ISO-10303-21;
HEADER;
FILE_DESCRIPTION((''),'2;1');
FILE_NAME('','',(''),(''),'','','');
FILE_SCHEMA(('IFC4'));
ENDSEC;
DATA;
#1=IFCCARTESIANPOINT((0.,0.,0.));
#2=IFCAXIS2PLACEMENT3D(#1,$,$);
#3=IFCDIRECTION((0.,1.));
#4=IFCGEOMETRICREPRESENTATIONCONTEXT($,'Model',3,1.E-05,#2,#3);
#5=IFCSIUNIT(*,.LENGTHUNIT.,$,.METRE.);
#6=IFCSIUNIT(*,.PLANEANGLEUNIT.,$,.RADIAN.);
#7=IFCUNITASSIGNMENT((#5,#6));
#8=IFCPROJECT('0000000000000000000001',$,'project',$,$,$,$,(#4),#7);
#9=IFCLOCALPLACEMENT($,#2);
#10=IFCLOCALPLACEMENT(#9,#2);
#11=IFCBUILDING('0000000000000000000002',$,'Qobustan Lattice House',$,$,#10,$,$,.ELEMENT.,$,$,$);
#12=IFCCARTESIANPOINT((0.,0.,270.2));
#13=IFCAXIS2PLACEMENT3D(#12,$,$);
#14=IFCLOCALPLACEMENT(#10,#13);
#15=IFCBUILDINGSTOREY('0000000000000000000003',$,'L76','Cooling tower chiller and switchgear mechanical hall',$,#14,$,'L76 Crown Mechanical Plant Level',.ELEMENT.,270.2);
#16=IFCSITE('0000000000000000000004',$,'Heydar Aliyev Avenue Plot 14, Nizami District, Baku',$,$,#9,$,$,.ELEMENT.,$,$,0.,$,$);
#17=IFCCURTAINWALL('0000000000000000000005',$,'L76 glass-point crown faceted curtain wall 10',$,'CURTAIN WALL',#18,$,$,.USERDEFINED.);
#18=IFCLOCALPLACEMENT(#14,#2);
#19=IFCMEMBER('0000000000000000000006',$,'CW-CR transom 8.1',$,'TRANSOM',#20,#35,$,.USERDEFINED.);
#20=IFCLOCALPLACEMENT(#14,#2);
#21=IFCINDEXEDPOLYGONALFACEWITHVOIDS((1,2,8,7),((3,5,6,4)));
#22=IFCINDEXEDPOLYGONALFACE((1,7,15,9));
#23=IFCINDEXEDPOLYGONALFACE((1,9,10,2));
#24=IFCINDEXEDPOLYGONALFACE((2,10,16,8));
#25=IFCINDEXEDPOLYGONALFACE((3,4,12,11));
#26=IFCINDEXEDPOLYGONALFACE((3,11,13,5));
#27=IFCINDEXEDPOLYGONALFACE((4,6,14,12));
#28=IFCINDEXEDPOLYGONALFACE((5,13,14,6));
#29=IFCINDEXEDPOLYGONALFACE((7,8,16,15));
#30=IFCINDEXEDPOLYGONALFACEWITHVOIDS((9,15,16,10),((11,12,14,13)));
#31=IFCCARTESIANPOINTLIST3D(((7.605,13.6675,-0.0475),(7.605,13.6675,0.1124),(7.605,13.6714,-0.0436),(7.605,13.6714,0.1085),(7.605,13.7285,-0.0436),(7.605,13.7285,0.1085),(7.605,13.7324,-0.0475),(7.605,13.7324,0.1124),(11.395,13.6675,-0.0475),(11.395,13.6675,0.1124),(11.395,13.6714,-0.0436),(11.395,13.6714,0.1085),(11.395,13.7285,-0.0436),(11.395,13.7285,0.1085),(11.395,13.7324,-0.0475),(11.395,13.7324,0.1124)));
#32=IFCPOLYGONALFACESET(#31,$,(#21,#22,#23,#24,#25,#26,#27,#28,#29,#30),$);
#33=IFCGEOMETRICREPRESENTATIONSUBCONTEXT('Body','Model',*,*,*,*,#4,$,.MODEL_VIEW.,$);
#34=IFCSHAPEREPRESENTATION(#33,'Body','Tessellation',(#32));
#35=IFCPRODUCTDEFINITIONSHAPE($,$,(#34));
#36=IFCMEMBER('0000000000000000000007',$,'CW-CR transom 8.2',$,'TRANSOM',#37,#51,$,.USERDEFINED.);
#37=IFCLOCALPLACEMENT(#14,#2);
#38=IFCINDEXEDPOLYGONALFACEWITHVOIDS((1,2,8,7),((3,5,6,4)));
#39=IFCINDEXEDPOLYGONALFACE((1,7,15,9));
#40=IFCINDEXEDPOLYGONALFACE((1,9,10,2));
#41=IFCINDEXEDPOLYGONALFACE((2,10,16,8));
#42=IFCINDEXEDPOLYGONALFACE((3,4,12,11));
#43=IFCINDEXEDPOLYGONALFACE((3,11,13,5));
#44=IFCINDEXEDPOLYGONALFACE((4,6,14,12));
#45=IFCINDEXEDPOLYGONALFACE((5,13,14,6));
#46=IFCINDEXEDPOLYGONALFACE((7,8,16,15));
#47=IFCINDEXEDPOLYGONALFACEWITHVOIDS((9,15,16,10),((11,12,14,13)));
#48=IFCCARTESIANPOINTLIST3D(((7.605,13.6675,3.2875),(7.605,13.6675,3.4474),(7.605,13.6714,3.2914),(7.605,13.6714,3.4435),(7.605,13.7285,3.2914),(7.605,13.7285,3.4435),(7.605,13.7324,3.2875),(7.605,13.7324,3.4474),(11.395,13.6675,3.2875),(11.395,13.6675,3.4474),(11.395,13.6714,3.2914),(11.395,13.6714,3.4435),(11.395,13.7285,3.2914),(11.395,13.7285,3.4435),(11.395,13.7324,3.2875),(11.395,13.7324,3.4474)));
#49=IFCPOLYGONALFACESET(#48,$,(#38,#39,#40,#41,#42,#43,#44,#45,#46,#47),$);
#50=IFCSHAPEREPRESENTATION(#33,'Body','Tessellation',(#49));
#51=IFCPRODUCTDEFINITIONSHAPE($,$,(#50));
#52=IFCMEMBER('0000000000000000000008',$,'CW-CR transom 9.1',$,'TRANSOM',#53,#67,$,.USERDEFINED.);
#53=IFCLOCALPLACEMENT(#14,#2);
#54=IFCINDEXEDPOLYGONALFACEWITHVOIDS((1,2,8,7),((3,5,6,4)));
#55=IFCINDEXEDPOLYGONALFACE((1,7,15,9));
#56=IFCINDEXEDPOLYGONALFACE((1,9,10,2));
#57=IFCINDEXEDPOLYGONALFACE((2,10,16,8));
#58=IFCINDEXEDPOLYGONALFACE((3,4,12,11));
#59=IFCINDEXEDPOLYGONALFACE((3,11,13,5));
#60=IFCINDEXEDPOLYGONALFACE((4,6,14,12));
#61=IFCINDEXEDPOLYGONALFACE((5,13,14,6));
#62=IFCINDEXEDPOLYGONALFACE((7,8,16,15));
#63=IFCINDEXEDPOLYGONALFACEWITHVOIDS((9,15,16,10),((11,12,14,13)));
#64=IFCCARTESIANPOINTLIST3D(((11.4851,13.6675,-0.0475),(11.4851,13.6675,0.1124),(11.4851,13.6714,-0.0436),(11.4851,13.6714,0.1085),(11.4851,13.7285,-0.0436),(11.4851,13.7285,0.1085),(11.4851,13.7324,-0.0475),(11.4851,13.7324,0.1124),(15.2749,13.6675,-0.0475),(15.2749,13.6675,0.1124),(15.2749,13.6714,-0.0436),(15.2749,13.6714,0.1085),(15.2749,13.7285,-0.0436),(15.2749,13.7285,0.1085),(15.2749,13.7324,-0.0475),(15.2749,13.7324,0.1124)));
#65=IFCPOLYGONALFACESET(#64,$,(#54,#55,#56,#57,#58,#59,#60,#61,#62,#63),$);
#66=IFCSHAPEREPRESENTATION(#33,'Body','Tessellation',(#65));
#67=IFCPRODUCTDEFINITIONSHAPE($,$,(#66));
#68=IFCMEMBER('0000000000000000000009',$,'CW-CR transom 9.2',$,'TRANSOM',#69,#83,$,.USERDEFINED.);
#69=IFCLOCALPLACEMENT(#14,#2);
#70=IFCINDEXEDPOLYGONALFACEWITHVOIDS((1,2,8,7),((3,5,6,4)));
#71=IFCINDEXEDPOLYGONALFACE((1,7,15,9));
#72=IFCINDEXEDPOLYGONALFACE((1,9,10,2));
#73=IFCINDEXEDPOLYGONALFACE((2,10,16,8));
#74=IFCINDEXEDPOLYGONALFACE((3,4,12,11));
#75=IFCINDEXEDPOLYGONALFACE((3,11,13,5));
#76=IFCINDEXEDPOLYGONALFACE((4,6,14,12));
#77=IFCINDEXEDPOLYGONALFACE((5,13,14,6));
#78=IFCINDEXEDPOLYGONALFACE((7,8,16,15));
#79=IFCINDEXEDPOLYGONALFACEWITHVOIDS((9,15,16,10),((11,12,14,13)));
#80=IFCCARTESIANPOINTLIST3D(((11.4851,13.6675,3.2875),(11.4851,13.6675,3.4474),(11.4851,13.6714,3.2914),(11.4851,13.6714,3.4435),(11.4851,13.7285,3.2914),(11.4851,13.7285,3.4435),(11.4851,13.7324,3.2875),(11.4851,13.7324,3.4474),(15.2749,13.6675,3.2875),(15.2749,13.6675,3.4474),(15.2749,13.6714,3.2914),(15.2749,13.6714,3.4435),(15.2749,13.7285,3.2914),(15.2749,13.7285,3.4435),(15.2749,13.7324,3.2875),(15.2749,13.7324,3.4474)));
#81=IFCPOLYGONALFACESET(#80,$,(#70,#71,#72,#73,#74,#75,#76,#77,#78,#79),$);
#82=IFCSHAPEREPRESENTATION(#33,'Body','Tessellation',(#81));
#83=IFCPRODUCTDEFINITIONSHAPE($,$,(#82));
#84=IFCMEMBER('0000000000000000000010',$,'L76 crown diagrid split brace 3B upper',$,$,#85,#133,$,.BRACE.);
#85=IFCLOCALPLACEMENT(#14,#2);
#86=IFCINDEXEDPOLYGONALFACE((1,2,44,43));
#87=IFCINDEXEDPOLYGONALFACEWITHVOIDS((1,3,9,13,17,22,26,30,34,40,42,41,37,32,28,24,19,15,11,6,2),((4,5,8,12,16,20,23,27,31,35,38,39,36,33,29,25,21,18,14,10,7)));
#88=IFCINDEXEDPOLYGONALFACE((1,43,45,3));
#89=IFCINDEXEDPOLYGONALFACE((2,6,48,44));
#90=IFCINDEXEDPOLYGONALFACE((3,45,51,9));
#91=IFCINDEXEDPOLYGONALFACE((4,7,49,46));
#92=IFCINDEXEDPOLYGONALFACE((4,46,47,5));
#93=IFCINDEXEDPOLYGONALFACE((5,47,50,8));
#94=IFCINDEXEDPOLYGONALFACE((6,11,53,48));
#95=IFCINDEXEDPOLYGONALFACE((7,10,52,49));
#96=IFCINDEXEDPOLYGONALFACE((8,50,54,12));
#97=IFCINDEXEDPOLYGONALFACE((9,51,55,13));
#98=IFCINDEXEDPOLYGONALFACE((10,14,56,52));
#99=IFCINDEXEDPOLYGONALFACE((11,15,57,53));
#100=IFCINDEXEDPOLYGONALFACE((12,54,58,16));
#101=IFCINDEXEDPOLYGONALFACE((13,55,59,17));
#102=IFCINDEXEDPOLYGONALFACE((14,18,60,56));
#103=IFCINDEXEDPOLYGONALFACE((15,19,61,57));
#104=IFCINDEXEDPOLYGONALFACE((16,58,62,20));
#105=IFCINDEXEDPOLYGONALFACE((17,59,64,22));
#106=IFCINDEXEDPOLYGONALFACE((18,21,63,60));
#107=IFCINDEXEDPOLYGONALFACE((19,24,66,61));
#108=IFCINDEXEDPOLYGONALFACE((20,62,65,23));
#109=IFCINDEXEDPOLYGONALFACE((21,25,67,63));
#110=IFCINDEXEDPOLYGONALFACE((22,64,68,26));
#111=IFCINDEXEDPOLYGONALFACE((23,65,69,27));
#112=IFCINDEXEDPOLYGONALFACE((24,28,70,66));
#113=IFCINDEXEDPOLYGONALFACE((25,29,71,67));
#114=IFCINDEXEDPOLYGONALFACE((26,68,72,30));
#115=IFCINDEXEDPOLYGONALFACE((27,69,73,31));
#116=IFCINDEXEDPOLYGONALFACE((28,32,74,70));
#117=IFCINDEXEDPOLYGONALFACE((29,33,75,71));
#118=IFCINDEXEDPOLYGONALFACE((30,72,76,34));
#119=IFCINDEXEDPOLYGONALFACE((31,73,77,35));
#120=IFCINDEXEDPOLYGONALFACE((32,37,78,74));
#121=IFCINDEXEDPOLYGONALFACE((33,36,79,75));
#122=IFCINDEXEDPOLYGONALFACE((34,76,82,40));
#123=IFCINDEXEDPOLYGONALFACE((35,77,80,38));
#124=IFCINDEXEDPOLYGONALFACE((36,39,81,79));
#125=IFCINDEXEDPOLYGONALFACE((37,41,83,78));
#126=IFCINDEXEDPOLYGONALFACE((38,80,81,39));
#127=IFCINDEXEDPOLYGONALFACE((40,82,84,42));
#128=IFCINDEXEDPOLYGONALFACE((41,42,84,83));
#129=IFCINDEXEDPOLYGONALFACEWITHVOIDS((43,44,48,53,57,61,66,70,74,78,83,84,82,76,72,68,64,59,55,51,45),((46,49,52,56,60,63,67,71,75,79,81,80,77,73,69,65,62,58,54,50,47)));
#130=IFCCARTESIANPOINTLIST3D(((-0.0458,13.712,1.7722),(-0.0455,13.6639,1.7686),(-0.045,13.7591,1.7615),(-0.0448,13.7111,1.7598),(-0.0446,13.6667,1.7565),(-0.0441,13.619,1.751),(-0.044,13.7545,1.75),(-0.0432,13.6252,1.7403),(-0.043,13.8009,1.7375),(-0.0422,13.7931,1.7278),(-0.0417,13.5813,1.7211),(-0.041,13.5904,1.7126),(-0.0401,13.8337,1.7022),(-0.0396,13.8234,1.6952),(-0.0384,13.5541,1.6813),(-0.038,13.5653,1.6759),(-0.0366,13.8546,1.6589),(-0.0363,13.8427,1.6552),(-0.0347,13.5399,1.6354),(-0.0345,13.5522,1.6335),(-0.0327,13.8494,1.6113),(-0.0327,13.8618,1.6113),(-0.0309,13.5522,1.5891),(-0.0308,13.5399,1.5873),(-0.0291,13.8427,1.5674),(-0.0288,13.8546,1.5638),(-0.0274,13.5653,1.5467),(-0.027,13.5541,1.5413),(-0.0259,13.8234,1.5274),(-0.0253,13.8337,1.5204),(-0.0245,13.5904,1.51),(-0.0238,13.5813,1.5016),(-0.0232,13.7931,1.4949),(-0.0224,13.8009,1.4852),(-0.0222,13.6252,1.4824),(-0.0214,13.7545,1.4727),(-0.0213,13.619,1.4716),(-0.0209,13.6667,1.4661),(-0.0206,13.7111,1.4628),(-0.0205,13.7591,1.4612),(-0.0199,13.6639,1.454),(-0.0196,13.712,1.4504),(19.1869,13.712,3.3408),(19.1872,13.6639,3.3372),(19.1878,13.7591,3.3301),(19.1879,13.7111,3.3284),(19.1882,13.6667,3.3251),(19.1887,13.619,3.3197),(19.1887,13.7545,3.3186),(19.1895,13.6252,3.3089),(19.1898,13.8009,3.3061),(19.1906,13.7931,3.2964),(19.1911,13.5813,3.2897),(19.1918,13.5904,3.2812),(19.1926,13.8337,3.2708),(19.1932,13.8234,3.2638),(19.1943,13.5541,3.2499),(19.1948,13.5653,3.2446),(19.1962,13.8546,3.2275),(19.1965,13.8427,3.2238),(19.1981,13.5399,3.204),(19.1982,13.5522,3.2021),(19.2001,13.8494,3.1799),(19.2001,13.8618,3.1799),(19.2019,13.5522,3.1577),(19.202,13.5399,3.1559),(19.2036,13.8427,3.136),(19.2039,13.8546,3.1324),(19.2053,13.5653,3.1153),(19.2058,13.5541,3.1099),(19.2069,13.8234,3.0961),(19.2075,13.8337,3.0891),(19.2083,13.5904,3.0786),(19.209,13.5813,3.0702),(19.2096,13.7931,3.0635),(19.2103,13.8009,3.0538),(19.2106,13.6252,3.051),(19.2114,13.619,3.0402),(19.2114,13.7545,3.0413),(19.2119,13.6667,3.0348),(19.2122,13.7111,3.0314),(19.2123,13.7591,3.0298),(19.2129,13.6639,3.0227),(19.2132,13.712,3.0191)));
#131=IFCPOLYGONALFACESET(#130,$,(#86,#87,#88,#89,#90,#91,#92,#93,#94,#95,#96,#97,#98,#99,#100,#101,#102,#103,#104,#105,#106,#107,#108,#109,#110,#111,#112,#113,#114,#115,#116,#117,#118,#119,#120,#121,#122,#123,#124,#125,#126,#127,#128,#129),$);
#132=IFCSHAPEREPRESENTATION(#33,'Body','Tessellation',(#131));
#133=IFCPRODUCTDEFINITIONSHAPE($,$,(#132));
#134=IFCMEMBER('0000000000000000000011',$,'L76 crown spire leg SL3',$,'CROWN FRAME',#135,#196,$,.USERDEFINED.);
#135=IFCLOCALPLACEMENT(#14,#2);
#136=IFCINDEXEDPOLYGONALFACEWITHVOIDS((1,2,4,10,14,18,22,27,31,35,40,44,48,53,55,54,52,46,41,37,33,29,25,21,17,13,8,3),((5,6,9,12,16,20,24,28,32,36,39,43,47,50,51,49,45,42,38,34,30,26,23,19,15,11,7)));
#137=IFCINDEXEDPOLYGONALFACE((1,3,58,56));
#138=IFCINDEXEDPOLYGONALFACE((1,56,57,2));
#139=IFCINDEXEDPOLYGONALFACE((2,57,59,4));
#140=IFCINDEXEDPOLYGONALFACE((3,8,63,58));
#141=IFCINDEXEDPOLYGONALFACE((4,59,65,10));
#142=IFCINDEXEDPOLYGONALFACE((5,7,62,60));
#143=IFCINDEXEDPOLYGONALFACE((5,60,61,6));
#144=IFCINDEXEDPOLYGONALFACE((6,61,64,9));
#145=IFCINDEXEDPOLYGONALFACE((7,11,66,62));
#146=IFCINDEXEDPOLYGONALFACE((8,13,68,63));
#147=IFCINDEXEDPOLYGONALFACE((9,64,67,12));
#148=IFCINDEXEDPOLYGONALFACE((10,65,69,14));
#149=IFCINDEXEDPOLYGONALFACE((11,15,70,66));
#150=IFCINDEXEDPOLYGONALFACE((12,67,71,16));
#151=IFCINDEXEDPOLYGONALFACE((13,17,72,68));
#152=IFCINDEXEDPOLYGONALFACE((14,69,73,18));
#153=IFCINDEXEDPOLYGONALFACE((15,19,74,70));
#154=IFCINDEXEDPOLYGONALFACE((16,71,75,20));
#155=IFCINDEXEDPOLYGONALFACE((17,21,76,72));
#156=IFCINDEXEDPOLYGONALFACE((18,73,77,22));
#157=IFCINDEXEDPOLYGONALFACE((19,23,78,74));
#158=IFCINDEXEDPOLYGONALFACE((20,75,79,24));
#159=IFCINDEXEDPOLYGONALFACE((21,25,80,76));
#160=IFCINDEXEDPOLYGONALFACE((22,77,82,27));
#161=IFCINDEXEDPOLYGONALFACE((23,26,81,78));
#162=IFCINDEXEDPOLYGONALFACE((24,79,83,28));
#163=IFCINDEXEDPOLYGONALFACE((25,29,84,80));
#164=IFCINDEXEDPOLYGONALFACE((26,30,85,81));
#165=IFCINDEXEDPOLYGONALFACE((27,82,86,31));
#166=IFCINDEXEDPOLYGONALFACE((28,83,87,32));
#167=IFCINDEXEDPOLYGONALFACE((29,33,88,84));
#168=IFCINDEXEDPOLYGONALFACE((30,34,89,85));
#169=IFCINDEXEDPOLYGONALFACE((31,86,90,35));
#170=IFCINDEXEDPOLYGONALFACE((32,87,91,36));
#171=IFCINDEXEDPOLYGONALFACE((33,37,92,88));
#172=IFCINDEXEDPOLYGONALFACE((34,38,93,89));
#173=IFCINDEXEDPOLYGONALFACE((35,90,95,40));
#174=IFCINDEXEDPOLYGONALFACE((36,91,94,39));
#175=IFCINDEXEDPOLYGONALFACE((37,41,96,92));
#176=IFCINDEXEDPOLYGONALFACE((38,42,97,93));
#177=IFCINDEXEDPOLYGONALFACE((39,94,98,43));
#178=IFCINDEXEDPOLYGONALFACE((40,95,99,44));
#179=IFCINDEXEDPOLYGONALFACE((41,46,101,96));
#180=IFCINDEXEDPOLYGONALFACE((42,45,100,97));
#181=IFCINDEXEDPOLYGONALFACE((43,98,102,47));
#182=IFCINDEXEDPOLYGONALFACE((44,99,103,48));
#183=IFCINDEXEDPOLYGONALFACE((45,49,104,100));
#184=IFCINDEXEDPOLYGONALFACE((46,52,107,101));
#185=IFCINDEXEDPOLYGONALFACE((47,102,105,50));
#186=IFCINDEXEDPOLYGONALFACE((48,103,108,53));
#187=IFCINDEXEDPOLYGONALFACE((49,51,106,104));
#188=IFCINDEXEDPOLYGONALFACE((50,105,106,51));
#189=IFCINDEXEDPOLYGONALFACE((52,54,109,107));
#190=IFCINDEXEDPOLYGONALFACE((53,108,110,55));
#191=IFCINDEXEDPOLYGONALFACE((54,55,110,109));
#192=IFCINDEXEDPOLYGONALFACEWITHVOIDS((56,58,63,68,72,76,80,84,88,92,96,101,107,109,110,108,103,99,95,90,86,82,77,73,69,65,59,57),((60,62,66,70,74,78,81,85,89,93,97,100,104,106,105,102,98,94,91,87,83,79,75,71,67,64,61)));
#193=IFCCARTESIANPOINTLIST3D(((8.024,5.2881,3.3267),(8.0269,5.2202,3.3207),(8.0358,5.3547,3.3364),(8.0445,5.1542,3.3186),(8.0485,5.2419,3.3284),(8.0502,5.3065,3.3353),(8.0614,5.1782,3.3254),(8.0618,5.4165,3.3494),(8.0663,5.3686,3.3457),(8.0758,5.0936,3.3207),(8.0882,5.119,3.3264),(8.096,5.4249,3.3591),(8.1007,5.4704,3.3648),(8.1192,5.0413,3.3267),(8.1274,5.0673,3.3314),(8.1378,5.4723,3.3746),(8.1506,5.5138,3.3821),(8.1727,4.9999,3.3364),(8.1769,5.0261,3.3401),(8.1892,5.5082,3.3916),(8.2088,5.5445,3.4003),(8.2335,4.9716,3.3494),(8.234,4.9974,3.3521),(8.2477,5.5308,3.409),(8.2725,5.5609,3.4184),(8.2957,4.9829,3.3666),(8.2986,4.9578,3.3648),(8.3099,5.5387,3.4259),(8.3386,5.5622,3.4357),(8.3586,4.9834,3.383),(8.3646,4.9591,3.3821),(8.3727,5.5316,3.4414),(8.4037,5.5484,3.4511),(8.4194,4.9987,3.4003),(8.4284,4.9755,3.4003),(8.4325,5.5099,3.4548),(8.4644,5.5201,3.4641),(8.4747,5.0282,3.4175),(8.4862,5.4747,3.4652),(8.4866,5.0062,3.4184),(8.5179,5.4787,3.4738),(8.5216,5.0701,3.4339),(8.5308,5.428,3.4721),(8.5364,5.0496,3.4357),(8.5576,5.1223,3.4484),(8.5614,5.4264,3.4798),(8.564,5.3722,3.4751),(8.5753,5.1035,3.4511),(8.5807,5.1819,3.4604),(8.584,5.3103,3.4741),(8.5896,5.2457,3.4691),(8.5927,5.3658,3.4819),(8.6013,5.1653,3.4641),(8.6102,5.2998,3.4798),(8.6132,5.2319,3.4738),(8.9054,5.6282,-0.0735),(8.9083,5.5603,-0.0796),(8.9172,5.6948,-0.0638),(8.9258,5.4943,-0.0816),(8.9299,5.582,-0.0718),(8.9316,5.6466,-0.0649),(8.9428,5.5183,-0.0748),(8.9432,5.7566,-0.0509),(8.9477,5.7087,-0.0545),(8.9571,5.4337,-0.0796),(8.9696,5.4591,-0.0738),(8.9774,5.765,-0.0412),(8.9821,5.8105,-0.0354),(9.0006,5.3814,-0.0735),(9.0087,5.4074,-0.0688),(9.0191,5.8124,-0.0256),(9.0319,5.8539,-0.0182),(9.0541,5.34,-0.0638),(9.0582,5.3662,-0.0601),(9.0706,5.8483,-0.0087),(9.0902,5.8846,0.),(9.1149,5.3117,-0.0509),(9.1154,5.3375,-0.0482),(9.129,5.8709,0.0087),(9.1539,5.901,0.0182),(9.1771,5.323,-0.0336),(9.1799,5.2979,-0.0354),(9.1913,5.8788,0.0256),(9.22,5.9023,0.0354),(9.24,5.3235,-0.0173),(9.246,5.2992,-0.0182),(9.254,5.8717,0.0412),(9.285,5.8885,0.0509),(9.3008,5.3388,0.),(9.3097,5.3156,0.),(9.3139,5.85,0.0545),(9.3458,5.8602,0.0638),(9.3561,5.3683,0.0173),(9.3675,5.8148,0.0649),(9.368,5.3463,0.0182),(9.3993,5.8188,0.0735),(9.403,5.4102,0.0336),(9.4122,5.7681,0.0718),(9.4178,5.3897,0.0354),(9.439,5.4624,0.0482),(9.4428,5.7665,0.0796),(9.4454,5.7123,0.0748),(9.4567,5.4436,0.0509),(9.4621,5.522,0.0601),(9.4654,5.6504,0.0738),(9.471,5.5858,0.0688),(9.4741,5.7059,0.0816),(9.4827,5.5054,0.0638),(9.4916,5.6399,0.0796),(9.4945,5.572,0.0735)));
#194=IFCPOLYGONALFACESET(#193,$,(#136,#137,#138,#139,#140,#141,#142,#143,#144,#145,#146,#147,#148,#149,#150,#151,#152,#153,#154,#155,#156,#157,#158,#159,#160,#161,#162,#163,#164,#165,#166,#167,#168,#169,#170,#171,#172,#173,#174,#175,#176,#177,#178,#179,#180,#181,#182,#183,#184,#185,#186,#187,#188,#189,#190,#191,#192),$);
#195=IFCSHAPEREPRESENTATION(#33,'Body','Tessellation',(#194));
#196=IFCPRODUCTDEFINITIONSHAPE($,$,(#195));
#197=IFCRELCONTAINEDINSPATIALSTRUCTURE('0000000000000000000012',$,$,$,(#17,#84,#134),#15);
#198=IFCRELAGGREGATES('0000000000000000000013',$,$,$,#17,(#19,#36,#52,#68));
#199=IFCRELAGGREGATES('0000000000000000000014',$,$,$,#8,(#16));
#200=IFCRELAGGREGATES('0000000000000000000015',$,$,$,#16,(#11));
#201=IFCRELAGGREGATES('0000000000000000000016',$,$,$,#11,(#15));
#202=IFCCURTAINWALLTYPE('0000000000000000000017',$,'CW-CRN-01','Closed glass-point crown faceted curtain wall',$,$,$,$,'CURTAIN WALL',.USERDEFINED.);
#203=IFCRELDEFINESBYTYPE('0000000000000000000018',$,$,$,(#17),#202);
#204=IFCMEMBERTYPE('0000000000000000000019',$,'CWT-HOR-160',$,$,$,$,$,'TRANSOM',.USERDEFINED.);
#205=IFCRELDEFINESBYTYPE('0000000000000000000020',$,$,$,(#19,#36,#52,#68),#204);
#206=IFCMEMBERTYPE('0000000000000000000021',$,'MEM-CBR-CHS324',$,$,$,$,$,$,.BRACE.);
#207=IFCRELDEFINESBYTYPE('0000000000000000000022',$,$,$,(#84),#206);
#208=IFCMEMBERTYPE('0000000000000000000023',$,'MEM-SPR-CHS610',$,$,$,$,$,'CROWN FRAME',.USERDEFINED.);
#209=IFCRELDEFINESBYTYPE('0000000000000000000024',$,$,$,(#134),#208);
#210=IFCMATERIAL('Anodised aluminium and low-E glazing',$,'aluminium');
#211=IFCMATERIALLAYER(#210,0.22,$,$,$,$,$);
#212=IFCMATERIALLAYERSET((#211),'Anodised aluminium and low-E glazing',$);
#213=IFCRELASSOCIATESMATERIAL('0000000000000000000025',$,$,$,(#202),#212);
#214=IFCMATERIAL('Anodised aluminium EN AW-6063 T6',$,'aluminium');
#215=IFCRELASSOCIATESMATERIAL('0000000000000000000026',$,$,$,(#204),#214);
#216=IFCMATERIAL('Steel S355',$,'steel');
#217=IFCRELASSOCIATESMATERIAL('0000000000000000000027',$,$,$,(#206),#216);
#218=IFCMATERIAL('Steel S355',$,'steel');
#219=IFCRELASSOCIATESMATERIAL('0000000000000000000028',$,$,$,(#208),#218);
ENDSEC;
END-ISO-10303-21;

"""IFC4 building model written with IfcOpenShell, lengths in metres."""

from ifc_helpers import new_model, si_unit, direction, frame, origin, origin_2d, place, context, subcontext, project, spatial, hollow_rectangle, hollow_circle, extrude, material, layer, layer_set, material_profile, profile_set, type_object, element, aggregate, save


model = new_model("IFC4")

# Units and contexts
model_context = context("Model", 3, precision=1e-05, world=origin(), true_north=direction((0.0, 1.0)))
body_context = subcontext(model_context, "Body", "Model", "MODEL_VIEW")
ifc_project = project(units=[si_unit("LENGTHUNIT", "METRE"), si_unit("PLANEANGLEUNIT", "RADIAN")], contexts=[model_context])

# Site, building, storey
site_placement = place(None, origin())
site = spatial("IfcSite", under=ifc_project, at=site_placement, Name="Heydar Aliyev Avenue Plot 14, Nizami District, Baku", CompositionType="ELEMENT", RefElevation=0.0)
building_placement = place(site_placement, origin())
building = spatial("IfcBuilding", under=site, at=building_placement, Name="Qobustan Lattice House", CompositionType="ELEMENT")
storey_placement = place(building_placement, frame((0.0, 0.0, 270.2)))
storey = spatial("IfcBuildingStorey", under=building, at=storey_placement, Name="L76", Description="Cooling tower chiller and switchgear mechanical hall", LongName="L76 Crown Mechanical Plant Level", CompositionType="ELEMENT", Elevation=270.2)

# Curtain wall, members
ifc_material_1 = material(Name="Anodised aluminium and low-E glazing", Category="aluminium")
ifc_layer_1 = layer(ifc_material_1, 0.22)
ifc_layer_set_1 = layer_set([ifc_layer_1], Name="Anodised aluminium and low-E glazing")
curtain_wall_type = type_object("IfcCurtainWallType", Name="CW-CRN-01", Description="Closed glass-point crown faceted curtain wall", ElementType="CURTAIN WALL", PredefinedType="USERDEFINED", material=ifc_layer_set_1)
curtain_wall_placement = place(storey_placement, origin())
curtain_wall = element("IfcCurtainWall", 1, at=curtain_wall_placement, inside=storey, type_object=curtain_wall_type, Name="L76 glass-point crown faceted curtain wall 10", ObjectType="CURTAIN WALL", PredefinedType="USERDEFINED")
ifc_material_2 = material(Name="Anodised aluminium EN AW-6063 T6", Category="aluminium")
ifc_material_profile_1 = material_profile(ifc_material_2, hollow_rectangle(XDim=0.0649, YDim=0.1599, WallThickness=0.0039, at=origin_2d()), Name="CWT-160x65")
ifc_profile_set_1 = profile_set([ifc_material_profile_1], Name="Anodised aluminium EN AW-6063 T6")
member_type_1 = type_object("IfcMemberType", Name="CWT-HOR-160", ElementType="TRANSOM", PredefinedType="USERDEFINED", material=ifc_profile_set_1)
member_1_placement = place(storey_placement, frame((7.605, 13.7, 0.0325), z_axis=(1.0, 0.0, 0.0), x_axis=(0.0, 1.0, 0.0)))
member_1 = element("IfcMember", 2, at=member_1_placement, type_object=member_type_1, Name="CW-CR transom 8.1", ObjectType="TRANSOM", PredefinedType="USERDEFINED", context=body_context, shape_type="SweptSolid", body=[
    extrude(hollow_rectangle(XDim=0.0649, YDim=0.1599, WallThickness=0.0039, at=origin_2d()), origin(), (0.0, 0.0, 1.0), 3.79),
])
member_2_placement = place(storey_placement, frame((7.605, 13.7, 3.3674), z_axis=(1.0, 0.0, 0.0), x_axis=(0.0, 1.0, 0.0)))
member_2 = element("IfcMember", 3, at=member_2_placement, type_object=member_type_1, Name="CW-CR transom 8.2", ObjectType="TRANSOM", PredefinedType="USERDEFINED", context=body_context, shape_type="SweptSolid", body=[
    extrude(hollow_rectangle(XDim=0.0649, YDim=0.1599, WallThickness=0.0039, at=origin_2d()), origin(), (0.0, 0.0, 1.0), 3.79),
])
member_3_placement = place(storey_placement, frame((11.4851, 13.7, 0.0325), z_axis=(1.0, 0.0, 0.0), x_axis=(0.0, 1.0, 0.0)))
member_3 = element("IfcMember", 4, at=member_3_placement, type_object=member_type_1, Name="CW-CR transom 9.1", ObjectType="TRANSOM", PredefinedType="USERDEFINED", context=body_context, shape_type="SweptSolid", body=[
    extrude(hollow_rectangle(XDim=0.0649, YDim=0.1599, WallThickness=0.0039, at=origin_2d()), origin(), (0.0, 0.0, 1.0), 3.7898),
])
member_4_placement = place(storey_placement, frame((11.4851, 13.7, 3.3674), z_axis=(1.0, 0.0, 0.0), x_axis=(0.0, 1.0, 0.0)))
member_4 = element("IfcMember", 5, at=member_4_placement, type_object=member_type_1, Name="CW-CR transom 9.2", ObjectType="TRANSOM", PredefinedType="USERDEFINED", context=body_context, shape_type="SweptSolid", body=[
    extrude(hollow_rectangle(XDim=0.0649, YDim=0.1599, WallThickness=0.0039, at=origin_2d()), origin(), (0.0, 0.0, 1.0), 3.7898),
])

# Members
ifc_material_3 = material(Name="Steel S355", Category="steel")
ifc_material_profile_2 = material_profile(ifc_material_3, hollow_circle(Radius=0.1619, WallThickness=0.0125, at=origin_2d()), Name="CHS323.9x12.5")
ifc_profile_set_2 = profile_set([ifc_material_profile_2], Name="Steel S355")
member_type_2 = type_object("IfcMemberType", Name="MEM-CBR-CHS324", PredefinedType="BRACE", material=ifc_profile_set_2)
member_5_placement = place(storey_placement, frame((-0.0327, 13.7, 1.6113), z_axis=(0.996691, 0.0, 0.081289), x_axis=(0.0, 1.0, 0.0)))
element("IfcMember", 6, at=member_5_placement, inside=storey, type_object=member_type_2, Name="L76 crown diagrid split brace 3B upper", PredefinedType="BRACE", context=body_context, shape_type="SweptSolid", body=[
    extrude(hollow_circle(Radius=0.1619, WallThickness=0.0125, at=origin_2d()), origin(), (0.0, 0.0, 1.0), 19.2966),
])
ifc_material_4 = material(Name="Steel S355", Category="steel")
ifc_material_profile_3 = material_profile(ifc_material_4, hollow_circle(Radius=0.3049, WallThickness=0.0249, at=origin_2d()), Name="CHS610x25")
ifc_profile_set_3 = profile_set([ifc_material_profile_3], Name="Steel S355")
member_type_3 = type_object("IfcMemberType", Name="MEM-SPR-CHS610", ElementType="CROWN FRAME", PredefinedType="USERDEFINED", material=ifc_profile_set_3)
member_6_placement = place(storey_placement, frame((9.2, 5.6001, 0.0), z_axis=(-0.249748, -0.096371, 0.963503), x_axis=(0.360001, -0.932952, 0.0)))
element("IfcMember", 7, at=member_6_placement, inside=storey, type_object=member_type_3, Name="L76 crown spire leg SL3", ObjectType="CROWN FRAME", PredefinedType="USERDEFINED", context=body_context, shape_type="SweptSolid", body=[
    extrude(hollow_circle(Radius=0.3049, WallThickness=0.0249, at=origin_2d()), origin(), (0.0, 0.0, 1.0), 3.5291),
])

aggregate(curtain_wall, [member_1, member_2, member_3, member_4])

save(model, "model.ifc")
